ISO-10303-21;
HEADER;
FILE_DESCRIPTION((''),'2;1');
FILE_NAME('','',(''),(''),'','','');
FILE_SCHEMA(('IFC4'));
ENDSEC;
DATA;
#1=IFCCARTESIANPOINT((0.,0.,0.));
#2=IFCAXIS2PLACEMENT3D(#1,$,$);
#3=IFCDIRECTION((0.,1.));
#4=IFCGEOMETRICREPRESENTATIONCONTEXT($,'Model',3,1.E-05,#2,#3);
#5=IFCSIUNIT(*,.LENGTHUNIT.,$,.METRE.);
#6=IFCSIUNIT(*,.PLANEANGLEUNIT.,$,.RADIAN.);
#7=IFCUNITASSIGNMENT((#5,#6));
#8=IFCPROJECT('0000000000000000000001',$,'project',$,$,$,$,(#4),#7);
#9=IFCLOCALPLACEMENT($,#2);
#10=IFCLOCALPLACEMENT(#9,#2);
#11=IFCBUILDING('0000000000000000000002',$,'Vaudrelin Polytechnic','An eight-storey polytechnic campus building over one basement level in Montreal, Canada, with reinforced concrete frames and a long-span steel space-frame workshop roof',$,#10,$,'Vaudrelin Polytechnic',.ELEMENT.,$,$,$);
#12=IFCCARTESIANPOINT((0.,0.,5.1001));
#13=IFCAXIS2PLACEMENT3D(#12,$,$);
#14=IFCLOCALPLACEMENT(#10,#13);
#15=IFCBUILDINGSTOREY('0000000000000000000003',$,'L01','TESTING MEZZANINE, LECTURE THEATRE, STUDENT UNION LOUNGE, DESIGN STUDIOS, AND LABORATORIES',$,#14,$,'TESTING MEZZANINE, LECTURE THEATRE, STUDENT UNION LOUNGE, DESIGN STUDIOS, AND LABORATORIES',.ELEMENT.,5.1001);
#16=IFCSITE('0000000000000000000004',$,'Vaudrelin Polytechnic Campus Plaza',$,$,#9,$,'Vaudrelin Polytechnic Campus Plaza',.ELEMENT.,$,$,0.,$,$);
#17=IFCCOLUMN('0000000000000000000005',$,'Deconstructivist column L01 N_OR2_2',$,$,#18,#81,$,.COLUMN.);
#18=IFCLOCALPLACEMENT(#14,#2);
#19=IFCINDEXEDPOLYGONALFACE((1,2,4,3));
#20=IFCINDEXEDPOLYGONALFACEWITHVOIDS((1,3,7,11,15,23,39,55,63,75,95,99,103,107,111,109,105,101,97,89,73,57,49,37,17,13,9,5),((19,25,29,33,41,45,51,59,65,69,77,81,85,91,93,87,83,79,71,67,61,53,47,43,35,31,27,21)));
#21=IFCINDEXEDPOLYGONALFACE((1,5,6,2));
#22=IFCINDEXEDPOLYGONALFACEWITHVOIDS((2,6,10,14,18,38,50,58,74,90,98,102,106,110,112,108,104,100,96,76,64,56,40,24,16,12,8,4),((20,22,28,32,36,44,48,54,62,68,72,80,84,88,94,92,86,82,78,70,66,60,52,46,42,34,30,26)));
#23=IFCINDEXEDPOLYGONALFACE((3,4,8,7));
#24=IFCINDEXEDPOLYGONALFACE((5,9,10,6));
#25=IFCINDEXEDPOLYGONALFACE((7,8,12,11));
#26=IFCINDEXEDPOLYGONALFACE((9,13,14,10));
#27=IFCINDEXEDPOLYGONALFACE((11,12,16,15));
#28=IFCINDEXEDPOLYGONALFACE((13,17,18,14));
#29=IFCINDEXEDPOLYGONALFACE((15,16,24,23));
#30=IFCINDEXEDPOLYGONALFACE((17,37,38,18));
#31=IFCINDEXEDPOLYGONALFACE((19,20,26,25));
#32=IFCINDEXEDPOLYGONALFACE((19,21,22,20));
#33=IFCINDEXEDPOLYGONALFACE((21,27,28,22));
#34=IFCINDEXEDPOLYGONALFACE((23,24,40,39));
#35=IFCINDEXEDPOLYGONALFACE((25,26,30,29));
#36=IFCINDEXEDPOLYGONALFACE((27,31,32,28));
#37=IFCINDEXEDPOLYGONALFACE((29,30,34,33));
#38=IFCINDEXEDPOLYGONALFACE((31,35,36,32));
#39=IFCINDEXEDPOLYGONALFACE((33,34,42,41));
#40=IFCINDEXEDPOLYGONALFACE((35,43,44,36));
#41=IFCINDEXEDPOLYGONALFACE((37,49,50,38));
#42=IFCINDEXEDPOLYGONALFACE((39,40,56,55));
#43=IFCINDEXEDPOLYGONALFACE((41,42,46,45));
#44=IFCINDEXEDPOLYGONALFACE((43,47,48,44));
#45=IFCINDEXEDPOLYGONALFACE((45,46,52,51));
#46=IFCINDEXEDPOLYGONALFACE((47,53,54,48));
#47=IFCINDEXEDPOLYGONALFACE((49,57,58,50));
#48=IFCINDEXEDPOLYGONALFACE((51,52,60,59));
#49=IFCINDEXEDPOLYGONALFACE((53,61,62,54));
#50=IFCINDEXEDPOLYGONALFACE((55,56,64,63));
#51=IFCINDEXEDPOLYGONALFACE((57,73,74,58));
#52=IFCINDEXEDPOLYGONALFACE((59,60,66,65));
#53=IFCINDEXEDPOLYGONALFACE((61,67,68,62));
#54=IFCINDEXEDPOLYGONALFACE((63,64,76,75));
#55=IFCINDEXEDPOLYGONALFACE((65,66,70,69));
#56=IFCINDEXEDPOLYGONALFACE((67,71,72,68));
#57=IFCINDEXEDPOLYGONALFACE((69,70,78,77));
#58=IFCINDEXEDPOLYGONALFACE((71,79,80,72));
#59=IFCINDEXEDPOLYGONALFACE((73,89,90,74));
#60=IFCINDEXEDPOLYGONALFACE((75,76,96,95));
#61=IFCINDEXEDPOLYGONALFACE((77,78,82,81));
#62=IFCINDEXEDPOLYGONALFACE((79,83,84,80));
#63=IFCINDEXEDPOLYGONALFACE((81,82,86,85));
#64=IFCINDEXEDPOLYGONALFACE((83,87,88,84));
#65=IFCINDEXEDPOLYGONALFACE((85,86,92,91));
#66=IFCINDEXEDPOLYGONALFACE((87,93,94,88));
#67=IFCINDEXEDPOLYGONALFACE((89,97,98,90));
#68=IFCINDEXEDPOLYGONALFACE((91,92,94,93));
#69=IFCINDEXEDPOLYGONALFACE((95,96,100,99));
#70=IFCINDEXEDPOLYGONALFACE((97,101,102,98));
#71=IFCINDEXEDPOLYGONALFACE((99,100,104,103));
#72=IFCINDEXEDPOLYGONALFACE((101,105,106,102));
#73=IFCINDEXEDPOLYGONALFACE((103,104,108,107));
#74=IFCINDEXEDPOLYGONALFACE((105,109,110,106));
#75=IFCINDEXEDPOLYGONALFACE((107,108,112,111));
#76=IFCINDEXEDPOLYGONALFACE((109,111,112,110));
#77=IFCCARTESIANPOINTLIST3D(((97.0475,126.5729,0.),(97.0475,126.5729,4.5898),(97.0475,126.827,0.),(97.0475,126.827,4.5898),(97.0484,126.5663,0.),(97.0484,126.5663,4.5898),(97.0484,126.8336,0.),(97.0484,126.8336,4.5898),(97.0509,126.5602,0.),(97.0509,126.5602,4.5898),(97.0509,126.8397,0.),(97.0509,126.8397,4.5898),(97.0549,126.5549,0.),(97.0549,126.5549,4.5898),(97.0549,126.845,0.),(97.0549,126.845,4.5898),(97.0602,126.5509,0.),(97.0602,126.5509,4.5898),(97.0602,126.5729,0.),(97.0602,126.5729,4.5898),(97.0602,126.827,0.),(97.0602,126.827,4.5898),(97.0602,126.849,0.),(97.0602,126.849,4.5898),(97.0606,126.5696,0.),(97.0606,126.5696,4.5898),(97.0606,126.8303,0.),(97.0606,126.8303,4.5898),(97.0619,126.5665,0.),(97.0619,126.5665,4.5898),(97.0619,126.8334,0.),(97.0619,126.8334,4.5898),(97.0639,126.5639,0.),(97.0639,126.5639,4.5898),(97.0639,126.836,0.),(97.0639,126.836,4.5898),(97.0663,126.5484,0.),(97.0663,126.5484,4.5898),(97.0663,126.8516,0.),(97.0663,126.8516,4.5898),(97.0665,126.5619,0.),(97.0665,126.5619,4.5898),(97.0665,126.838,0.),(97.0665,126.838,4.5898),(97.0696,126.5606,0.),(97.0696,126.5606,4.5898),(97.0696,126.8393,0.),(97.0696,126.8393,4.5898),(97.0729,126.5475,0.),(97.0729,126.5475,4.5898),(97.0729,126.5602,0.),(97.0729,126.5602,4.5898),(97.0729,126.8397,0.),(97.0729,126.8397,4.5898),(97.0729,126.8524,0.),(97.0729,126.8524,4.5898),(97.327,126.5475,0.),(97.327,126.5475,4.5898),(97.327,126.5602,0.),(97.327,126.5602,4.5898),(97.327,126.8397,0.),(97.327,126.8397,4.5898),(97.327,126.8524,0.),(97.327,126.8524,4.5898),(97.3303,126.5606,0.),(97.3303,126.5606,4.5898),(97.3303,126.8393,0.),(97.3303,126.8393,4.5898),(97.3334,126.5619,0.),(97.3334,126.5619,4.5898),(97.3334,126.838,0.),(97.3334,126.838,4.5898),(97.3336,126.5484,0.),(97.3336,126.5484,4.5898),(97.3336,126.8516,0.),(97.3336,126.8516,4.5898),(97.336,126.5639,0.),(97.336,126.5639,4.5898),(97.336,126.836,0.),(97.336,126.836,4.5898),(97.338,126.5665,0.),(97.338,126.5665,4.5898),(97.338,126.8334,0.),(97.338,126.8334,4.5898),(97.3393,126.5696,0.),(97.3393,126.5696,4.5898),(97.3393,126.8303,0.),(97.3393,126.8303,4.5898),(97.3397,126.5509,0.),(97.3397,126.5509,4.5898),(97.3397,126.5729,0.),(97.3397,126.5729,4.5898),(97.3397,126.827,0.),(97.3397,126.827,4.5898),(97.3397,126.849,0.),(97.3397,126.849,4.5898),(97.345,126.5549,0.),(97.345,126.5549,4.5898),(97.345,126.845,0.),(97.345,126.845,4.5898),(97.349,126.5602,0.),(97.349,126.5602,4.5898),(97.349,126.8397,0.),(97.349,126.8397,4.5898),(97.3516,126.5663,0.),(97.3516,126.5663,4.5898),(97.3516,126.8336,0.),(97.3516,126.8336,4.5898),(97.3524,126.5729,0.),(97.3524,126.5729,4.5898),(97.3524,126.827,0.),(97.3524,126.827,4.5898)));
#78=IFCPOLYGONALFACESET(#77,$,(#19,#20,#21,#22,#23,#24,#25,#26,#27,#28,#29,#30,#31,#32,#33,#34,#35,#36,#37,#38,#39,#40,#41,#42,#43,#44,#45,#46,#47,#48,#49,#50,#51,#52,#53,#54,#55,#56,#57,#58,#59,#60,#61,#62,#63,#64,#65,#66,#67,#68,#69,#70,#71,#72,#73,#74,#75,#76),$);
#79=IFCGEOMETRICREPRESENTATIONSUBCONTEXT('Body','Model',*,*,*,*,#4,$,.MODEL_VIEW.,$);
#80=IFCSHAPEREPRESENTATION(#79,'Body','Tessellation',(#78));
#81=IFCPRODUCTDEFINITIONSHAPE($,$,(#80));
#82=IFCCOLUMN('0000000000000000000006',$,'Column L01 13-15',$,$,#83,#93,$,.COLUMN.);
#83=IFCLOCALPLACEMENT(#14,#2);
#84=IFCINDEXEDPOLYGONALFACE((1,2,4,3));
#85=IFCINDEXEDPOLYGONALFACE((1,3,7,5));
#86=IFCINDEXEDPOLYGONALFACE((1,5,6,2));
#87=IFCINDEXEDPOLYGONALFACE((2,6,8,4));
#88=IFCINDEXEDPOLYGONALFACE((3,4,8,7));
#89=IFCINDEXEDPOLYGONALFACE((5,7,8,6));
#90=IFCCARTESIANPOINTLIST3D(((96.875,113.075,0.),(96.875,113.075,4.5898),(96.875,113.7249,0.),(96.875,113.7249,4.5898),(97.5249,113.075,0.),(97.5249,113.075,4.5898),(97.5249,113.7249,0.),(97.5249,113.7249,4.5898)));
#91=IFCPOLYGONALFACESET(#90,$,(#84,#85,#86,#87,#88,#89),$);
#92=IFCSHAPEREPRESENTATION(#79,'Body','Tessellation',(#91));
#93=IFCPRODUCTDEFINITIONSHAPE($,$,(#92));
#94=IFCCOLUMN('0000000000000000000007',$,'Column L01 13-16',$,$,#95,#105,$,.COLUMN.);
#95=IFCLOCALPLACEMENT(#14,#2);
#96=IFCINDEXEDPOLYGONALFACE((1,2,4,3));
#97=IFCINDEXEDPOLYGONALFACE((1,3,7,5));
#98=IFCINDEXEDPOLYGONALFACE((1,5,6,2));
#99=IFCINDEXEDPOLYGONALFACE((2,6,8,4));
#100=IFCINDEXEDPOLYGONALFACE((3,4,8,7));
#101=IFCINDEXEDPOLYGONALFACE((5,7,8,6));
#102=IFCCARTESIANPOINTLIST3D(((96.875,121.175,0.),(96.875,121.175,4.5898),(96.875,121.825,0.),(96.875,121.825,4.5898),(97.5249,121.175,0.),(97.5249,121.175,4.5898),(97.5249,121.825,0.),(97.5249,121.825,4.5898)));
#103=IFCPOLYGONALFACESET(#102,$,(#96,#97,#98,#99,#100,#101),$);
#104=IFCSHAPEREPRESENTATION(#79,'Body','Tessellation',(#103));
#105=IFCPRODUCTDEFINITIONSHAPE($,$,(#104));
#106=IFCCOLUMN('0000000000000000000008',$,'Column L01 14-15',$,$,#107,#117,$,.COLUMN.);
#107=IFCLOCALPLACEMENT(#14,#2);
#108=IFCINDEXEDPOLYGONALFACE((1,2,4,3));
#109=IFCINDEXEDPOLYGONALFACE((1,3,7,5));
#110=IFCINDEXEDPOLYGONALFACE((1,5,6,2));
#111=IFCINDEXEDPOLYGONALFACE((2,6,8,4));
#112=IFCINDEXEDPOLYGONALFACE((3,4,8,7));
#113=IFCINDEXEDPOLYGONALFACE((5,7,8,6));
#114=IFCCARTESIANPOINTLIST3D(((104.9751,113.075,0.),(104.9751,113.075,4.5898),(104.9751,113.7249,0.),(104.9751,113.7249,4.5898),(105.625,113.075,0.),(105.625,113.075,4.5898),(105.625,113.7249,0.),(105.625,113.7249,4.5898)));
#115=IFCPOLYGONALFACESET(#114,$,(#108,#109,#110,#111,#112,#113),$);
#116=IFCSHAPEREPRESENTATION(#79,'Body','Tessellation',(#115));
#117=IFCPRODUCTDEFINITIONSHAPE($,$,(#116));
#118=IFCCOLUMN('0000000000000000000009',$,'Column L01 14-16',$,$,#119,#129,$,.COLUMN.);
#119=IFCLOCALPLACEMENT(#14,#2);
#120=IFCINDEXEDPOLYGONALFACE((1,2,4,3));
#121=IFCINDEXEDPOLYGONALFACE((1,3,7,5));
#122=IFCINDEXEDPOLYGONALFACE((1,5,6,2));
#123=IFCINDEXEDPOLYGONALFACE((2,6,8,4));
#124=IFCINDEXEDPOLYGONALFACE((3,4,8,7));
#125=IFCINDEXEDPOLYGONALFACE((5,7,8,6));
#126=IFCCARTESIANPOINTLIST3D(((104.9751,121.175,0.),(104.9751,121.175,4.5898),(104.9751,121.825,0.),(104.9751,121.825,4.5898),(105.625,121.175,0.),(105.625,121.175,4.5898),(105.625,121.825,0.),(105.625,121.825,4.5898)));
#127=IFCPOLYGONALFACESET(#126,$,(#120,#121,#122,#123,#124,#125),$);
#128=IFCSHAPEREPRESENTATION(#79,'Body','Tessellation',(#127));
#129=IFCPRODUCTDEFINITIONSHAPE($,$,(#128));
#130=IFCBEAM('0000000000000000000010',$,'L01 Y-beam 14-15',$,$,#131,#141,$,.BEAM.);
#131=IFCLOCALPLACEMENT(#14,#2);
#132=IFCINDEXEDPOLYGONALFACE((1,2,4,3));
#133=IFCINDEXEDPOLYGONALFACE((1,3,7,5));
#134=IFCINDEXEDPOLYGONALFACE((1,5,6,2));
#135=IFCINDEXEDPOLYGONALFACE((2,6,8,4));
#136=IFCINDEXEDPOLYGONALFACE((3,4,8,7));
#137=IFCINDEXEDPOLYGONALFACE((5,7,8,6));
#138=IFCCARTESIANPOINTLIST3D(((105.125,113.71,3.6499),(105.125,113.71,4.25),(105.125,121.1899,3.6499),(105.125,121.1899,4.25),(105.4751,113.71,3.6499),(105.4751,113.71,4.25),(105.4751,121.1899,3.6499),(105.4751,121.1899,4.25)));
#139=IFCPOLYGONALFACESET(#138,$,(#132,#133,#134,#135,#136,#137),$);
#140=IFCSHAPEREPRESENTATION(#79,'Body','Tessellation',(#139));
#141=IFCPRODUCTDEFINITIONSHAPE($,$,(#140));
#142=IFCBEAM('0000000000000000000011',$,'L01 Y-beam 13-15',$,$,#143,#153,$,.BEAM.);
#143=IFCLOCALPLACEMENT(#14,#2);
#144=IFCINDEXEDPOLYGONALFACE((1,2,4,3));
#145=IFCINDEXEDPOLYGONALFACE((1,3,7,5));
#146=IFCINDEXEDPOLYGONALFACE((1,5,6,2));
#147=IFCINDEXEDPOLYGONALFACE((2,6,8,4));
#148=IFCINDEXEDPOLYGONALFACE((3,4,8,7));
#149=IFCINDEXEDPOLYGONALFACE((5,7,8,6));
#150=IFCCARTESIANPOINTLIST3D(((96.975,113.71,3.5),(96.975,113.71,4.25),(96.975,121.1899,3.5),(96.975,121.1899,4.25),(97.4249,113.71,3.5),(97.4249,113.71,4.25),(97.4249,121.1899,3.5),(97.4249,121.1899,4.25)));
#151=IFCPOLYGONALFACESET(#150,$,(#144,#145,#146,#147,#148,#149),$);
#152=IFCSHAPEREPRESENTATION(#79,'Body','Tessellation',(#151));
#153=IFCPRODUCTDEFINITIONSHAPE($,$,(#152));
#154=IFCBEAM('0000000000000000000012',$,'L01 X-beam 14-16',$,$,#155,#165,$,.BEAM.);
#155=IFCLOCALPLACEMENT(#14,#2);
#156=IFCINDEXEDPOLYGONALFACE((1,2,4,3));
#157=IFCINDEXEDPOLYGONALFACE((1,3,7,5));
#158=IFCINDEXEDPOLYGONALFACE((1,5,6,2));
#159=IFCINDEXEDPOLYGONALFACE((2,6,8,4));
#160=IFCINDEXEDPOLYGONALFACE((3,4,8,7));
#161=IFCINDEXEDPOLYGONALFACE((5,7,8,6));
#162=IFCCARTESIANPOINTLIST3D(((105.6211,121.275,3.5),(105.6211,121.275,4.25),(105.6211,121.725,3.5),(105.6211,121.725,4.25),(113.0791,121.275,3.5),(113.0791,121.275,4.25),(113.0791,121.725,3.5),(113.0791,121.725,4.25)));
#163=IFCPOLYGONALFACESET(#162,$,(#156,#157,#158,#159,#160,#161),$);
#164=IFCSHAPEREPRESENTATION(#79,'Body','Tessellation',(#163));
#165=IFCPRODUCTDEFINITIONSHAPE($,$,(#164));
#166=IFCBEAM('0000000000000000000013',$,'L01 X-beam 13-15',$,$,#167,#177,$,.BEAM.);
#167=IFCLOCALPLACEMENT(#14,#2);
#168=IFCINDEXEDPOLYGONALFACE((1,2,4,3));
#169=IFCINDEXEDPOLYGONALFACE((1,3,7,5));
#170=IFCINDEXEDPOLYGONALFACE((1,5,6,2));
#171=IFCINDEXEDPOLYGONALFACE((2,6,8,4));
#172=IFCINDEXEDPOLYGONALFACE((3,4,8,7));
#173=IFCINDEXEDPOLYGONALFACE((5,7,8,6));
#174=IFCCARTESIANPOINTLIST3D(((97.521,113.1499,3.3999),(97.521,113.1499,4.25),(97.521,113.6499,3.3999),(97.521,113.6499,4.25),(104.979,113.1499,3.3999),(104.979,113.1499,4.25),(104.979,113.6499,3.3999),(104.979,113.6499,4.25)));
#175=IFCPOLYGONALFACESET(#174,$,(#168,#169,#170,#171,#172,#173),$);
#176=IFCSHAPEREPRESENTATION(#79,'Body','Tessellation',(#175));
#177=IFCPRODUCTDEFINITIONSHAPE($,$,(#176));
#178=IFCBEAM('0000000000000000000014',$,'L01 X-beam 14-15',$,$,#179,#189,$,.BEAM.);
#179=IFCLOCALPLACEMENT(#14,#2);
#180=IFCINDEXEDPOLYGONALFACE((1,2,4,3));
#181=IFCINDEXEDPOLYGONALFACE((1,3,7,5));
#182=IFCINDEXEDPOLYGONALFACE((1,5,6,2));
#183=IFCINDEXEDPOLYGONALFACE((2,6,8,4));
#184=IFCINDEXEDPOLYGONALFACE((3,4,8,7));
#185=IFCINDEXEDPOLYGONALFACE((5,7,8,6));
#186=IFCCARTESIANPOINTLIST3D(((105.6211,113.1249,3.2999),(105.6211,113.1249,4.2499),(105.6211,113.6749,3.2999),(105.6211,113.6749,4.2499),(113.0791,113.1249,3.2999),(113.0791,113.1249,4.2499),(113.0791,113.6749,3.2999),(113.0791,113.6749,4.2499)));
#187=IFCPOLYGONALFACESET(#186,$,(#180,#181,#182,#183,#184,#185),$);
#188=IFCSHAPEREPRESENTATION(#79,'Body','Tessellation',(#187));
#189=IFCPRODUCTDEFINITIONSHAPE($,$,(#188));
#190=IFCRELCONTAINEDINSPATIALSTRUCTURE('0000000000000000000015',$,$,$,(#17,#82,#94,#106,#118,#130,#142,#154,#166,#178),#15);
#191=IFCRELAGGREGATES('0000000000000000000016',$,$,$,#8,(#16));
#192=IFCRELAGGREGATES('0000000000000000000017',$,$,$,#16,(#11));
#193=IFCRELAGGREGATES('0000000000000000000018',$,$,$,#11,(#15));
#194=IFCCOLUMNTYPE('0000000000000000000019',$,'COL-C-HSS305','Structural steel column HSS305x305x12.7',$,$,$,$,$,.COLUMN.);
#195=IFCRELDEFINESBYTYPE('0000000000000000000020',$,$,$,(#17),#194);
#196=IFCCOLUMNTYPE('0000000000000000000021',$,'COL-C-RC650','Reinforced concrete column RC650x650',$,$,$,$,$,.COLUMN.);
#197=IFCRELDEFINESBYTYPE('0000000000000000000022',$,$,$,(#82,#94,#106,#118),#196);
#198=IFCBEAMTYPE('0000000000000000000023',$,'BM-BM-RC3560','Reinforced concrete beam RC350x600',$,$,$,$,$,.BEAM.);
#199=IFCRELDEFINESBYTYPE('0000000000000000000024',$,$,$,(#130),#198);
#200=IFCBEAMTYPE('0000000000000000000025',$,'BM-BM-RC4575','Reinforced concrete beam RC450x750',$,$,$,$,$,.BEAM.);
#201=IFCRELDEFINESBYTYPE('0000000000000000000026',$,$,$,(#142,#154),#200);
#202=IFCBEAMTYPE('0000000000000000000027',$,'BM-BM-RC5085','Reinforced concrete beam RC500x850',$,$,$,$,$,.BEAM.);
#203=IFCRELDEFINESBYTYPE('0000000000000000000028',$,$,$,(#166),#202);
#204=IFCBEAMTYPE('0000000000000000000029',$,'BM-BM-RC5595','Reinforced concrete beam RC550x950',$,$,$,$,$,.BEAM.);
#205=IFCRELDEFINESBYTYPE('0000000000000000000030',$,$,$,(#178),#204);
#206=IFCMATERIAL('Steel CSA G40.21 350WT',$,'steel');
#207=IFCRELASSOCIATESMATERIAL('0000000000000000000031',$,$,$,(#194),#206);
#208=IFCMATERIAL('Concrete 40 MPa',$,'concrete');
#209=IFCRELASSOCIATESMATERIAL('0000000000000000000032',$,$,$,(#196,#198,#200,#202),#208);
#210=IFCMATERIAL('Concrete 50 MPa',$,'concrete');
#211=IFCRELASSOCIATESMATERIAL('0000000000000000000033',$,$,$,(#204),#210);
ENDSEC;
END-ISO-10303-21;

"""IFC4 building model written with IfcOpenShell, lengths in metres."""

from ifc_helpers import new_model, si_unit, direction, frame, origin, origin_2d, place, context, subcontext, project, spatial, rectangle, hollow_rectangle, extrude, material, material_profile, profile_set, type_object, element, save


model = new_model("IFC4")

# Units and contexts
model_context = context("Model", 3, precision=1e-05, world=origin(), true_north=direction((0.0, 1.0)))
body_context = subcontext(model_context, "Body", "Model", "MODEL_VIEW")
ifc_project = project(units=[si_unit("LENGTHUNIT", "METRE"), si_unit("PLANEANGLEUNIT", "RADIAN")], contexts=[model_context])

# Site, building, storey
site_placement = place(None, origin())
site = spatial("IfcSite", under=ifc_project, at=site_placement, Name="Vaudrelin Polytechnic Campus Plaza", LongName="Vaudrelin Polytechnic Campus Plaza", CompositionType="ELEMENT", RefElevation=0.0)
building_placement = place(site_placement, origin())
building = spatial("IfcBuilding", under=site, at=building_placement, Name="Vaudrelin Polytechnic", Description="An eight-storey polytechnic campus building over one basement level in Montreal, Canada, with reinforced concrete frames and a long-span steel space-frame workshop roof", LongName="Vaudrelin Polytechnic", CompositionType="ELEMENT")
storey_placement = place(building_placement, frame((0.0, 0.0, 5.1001)))
storey = spatial("IfcBuildingStorey", under=building, at=storey_placement, Name="L01", Description="TESTING MEZZANINE, LECTURE THEATRE, STUDENT UNION LOUNGE, DESIGN STUDIOS, AND LABORATORIES", LongName="TESTING MEZZANINE, LECTURE THEATRE, STUDENT UNION LOUNGE, DESIGN STUDIOS, AND LABORATORIES", CompositionType="ELEMENT", Elevation=5.1001)

# Columns
ifc_material_1 = material(Name="Steel CSA G40.21 350WT", Category="steel")
ifc_material_profile_1 = material_profile(ifc_material_1, hollow_rectangle(XDim=0.3049, YDim=0.3049, WallThickness=0.0127, InnerFilletRadius=0.0127, OuterFilletRadius=0.0254, at=origin_2d()), Name="HSS305x305x12.7")
ifc_profile_set_1 = profile_set([ifc_material_profile_1], Name="Steel CSA G40.21 350WT")
column_type_1 = type_object("IfcColumnType", Name="COL-C-HSS305", Description="Structural steel column HSS305x305x12.7", PredefinedType="COLUMN", material=ifc_profile_set_1)
column_placement = place(storey_placement, frame((97.2, 126.7, 0.0), z_axis=(0.0, 0.0, 1.0), x_axis=(1.0, 0.0, 0.0)))
element("IfcColumn", 1, at=column_placement, inside=storey, type_object=column_type_1, Name="Deconstructivist column L01 N_OR2_2", PredefinedType="COLUMN", context=body_context, shape_type="SweptSolid", body=[
    extrude(hollow_rectangle(XDim=0.3049, YDim=0.3049, WallThickness=0.0127, InnerFilletRadius=0.0127, OuterFilletRadius=0.0254, at=origin_2d()), origin(), (0.0, 0.0, 1.0), 4.5898),
])
ifc_material_2 = material(Name="Concrete 40 MPa", Category="concrete")
ifc_material_profile_2 = material_profile(ifc_material_2, rectangle(XDim=0.6499, YDim=0.6499, at=origin_2d()), Name="RC650x650")
ifc_profile_set_2 = profile_set([ifc_material_profile_2], Name="Concrete 40 MPa")
column_type_2 = type_object("IfcColumnType", Name="COL-C-RC650", Description="Reinforced concrete column RC650x650", PredefinedType="COLUMN", material=ifc_profile_set_2)
for number, where, z_axis, x_axis, name in (
    (2, (97.2, 113.3999, 0.0), (0.0, 0.0, 1.0), (1.0, 0.0, 0.0), "Column L01 13-15"),
    (3, (97.2, 121.5, 0.0), (0.0, 0.0, 1.0), (1.0, 0.0, 0.0), "Column L01 13-16"),
    (4, (105.3, 113.3999, 0.0), (0.0, 0.0, 1.0), (1.0, 0.0, 0.0), "Column L01 14-15"),
    (5, (105.3, 121.5, 0.0), (0.0, 0.0, 1.0), (1.0, 0.0, 0.0), "Column L01 14-16"),
):
    element("IfcColumn", number, at=place(storey_placement, frame(where, z_axis=z_axis, x_axis=x_axis)), inside=storey, type_object=column_type_2, Name=name, PredefinedType="COLUMN", context=body_context, shape_type="SweptSolid", body=[
        extrude(rectangle(XDim=0.6499, YDim=0.6499, at=origin_2d()), origin(), (0.0, 0.0, 1.0), 4.5898),
    ])

# Beams
ifc_material_profile_3 = material_profile(ifc_material_2, rectangle(XDim=0.3501, YDim=0.6001, at=origin_2d()), Name="RC350x600")
ifc_profile_set_3 = profile_set([ifc_material_profile_3], Name="Concrete 40 MPa")
beam_type_1 = type_object("IfcBeamType", Name="BM-BM-RC3560", Description="Reinforced concrete beam RC350x600", PredefinedType="BEAM", material=ifc_profile_set_3)
beam_1_placement = place(storey_placement, frame((105.3, 113.71, 3.95), z_axis=(0.0, 1.0, 0.0), x_axis=(-1.0, 0.0, 0.0)))
element("IfcBeam", 6, at=beam_1_placement, inside=storey, type_object=beam_type_1, Name="L01 Y-beam 14-15", PredefinedType="BEAM", context=body_context, shape_type="SweptSolid", body=[
    extrude(rectangle(XDim=0.3501, YDim=0.6001, at=origin_2d()), origin(), (0.0, 0.0, 1.0), 7.48),
])
ifc_material_profile_4 = material_profile(ifc_material_2, rectangle(XDim=0.45, YDim=0.75, at=origin_2d()), Name="RC450x750")
ifc_profile_set_4 = profile_set([ifc_material_profile_4], Name="Concrete 40 MPa")
beam_type_2 = type_object("IfcBeamType", Name="BM-BM-RC4575", Description="Reinforced concrete beam RC450x750", PredefinedType="BEAM", material=ifc_profile_set_4)
beam_2_placement = place(storey_placement, frame((97.2, 113.71, 3.875), z_axis=(0.0, 1.0, 0.0), x_axis=(-1.0, 0.0, 0.0)))
element("IfcBeam", 7, at=beam_2_placement, inside=storey, type_object=beam_type_2, Name="L01 Y-beam 13-15", PredefinedType="BEAM", context=body_context, shape_type="SweptSolid", body=[
    extrude(rectangle(XDim=0.45, YDim=0.75, at=origin_2d()), origin(), (0.0, 0.0, 1.0), 7.48),
])
beam_3_placement = place(storey_placement, frame((105.6211, 121.5, 3.875), z_axis=(1.0, 0.0, 0.0), x_axis=(0.0, 1.0, 0.0)))
element("IfcBeam", 8, at=beam_3_placement, inside=storey, type_object=beam_type_2, Name="L01 X-beam 14-16", PredefinedType="BEAM", context=body_context, shape_type="SweptSolid", body=[
    extrude(rectangle(XDim=0.45, YDim=0.75, at=origin_2d()), origin(), (0.0, 0.0, 1.0), 7.458),
])
ifc_material_profile_5 = material_profile(ifc_material_2, rectangle(XDim=0.5, YDim=0.8501, at=origin_2d()), Name="RC500x850")
ifc_profile_set_5 = profile_set([ifc_material_profile_5], Name="Concrete 40 MPa")
beam_type_3 = type_object("IfcBeamType", Name="BM-BM-RC5085", Description="Reinforced concrete beam RC500x850", PredefinedType="BEAM", material=ifc_profile_set_5)
beam_4_placement = place(storey_placement, frame((97.521, 113.3999, 3.825), z_axis=(1.0, 0.0, 0.0), x_axis=(0.0, 1.0, 0.0)))
element("IfcBeam", 9, at=beam_4_placement, inside=storey, type_object=beam_type_3, Name="L01 X-beam 13-15", PredefinedType="BEAM", context=body_context, shape_type="SweptSolid", body=[
    extrude(rectangle(XDim=0.5, YDim=0.8501, at=origin_2d()), origin(), (0.0, 0.0, 1.0), 7.458),
])
ifc_material_3 = material(Name="Concrete 50 MPa", Category="concrete")
ifc_material_profile_6 = material_profile(ifc_material_3, rectangle(XDim=0.55, YDim=0.95, at=origin_2d()), Name="RC550x950")
ifc_profile_set_6 = profile_set([ifc_material_profile_6], Name="Concrete 50 MPa")
beam_type_4 = type_object("IfcBeamType", Name="BM-BM-RC5595", Description="Reinforced concrete beam RC550x950", PredefinedType="BEAM", material=ifc_profile_set_6)
beam_5_placement = place(storey_placement, frame((105.6211, 113.3999, 3.7749), z_axis=(1.0, 0.0, 0.0), x_axis=(0.0, 1.0, 0.0)))
element("IfcBeam", 10, at=beam_5_placement, inside=storey, type_object=beam_type_4, Name="L01 X-beam 14-15", PredefinedType="BEAM", context=body_context, shape_type="SweptSolid", body=[
    extrude(rectangle(XDim=0.55, YDim=0.95, at=origin_2d()), origin(), (0.0, 0.0, 1.0), 7.458),
])

save(model, "model.ifc")
